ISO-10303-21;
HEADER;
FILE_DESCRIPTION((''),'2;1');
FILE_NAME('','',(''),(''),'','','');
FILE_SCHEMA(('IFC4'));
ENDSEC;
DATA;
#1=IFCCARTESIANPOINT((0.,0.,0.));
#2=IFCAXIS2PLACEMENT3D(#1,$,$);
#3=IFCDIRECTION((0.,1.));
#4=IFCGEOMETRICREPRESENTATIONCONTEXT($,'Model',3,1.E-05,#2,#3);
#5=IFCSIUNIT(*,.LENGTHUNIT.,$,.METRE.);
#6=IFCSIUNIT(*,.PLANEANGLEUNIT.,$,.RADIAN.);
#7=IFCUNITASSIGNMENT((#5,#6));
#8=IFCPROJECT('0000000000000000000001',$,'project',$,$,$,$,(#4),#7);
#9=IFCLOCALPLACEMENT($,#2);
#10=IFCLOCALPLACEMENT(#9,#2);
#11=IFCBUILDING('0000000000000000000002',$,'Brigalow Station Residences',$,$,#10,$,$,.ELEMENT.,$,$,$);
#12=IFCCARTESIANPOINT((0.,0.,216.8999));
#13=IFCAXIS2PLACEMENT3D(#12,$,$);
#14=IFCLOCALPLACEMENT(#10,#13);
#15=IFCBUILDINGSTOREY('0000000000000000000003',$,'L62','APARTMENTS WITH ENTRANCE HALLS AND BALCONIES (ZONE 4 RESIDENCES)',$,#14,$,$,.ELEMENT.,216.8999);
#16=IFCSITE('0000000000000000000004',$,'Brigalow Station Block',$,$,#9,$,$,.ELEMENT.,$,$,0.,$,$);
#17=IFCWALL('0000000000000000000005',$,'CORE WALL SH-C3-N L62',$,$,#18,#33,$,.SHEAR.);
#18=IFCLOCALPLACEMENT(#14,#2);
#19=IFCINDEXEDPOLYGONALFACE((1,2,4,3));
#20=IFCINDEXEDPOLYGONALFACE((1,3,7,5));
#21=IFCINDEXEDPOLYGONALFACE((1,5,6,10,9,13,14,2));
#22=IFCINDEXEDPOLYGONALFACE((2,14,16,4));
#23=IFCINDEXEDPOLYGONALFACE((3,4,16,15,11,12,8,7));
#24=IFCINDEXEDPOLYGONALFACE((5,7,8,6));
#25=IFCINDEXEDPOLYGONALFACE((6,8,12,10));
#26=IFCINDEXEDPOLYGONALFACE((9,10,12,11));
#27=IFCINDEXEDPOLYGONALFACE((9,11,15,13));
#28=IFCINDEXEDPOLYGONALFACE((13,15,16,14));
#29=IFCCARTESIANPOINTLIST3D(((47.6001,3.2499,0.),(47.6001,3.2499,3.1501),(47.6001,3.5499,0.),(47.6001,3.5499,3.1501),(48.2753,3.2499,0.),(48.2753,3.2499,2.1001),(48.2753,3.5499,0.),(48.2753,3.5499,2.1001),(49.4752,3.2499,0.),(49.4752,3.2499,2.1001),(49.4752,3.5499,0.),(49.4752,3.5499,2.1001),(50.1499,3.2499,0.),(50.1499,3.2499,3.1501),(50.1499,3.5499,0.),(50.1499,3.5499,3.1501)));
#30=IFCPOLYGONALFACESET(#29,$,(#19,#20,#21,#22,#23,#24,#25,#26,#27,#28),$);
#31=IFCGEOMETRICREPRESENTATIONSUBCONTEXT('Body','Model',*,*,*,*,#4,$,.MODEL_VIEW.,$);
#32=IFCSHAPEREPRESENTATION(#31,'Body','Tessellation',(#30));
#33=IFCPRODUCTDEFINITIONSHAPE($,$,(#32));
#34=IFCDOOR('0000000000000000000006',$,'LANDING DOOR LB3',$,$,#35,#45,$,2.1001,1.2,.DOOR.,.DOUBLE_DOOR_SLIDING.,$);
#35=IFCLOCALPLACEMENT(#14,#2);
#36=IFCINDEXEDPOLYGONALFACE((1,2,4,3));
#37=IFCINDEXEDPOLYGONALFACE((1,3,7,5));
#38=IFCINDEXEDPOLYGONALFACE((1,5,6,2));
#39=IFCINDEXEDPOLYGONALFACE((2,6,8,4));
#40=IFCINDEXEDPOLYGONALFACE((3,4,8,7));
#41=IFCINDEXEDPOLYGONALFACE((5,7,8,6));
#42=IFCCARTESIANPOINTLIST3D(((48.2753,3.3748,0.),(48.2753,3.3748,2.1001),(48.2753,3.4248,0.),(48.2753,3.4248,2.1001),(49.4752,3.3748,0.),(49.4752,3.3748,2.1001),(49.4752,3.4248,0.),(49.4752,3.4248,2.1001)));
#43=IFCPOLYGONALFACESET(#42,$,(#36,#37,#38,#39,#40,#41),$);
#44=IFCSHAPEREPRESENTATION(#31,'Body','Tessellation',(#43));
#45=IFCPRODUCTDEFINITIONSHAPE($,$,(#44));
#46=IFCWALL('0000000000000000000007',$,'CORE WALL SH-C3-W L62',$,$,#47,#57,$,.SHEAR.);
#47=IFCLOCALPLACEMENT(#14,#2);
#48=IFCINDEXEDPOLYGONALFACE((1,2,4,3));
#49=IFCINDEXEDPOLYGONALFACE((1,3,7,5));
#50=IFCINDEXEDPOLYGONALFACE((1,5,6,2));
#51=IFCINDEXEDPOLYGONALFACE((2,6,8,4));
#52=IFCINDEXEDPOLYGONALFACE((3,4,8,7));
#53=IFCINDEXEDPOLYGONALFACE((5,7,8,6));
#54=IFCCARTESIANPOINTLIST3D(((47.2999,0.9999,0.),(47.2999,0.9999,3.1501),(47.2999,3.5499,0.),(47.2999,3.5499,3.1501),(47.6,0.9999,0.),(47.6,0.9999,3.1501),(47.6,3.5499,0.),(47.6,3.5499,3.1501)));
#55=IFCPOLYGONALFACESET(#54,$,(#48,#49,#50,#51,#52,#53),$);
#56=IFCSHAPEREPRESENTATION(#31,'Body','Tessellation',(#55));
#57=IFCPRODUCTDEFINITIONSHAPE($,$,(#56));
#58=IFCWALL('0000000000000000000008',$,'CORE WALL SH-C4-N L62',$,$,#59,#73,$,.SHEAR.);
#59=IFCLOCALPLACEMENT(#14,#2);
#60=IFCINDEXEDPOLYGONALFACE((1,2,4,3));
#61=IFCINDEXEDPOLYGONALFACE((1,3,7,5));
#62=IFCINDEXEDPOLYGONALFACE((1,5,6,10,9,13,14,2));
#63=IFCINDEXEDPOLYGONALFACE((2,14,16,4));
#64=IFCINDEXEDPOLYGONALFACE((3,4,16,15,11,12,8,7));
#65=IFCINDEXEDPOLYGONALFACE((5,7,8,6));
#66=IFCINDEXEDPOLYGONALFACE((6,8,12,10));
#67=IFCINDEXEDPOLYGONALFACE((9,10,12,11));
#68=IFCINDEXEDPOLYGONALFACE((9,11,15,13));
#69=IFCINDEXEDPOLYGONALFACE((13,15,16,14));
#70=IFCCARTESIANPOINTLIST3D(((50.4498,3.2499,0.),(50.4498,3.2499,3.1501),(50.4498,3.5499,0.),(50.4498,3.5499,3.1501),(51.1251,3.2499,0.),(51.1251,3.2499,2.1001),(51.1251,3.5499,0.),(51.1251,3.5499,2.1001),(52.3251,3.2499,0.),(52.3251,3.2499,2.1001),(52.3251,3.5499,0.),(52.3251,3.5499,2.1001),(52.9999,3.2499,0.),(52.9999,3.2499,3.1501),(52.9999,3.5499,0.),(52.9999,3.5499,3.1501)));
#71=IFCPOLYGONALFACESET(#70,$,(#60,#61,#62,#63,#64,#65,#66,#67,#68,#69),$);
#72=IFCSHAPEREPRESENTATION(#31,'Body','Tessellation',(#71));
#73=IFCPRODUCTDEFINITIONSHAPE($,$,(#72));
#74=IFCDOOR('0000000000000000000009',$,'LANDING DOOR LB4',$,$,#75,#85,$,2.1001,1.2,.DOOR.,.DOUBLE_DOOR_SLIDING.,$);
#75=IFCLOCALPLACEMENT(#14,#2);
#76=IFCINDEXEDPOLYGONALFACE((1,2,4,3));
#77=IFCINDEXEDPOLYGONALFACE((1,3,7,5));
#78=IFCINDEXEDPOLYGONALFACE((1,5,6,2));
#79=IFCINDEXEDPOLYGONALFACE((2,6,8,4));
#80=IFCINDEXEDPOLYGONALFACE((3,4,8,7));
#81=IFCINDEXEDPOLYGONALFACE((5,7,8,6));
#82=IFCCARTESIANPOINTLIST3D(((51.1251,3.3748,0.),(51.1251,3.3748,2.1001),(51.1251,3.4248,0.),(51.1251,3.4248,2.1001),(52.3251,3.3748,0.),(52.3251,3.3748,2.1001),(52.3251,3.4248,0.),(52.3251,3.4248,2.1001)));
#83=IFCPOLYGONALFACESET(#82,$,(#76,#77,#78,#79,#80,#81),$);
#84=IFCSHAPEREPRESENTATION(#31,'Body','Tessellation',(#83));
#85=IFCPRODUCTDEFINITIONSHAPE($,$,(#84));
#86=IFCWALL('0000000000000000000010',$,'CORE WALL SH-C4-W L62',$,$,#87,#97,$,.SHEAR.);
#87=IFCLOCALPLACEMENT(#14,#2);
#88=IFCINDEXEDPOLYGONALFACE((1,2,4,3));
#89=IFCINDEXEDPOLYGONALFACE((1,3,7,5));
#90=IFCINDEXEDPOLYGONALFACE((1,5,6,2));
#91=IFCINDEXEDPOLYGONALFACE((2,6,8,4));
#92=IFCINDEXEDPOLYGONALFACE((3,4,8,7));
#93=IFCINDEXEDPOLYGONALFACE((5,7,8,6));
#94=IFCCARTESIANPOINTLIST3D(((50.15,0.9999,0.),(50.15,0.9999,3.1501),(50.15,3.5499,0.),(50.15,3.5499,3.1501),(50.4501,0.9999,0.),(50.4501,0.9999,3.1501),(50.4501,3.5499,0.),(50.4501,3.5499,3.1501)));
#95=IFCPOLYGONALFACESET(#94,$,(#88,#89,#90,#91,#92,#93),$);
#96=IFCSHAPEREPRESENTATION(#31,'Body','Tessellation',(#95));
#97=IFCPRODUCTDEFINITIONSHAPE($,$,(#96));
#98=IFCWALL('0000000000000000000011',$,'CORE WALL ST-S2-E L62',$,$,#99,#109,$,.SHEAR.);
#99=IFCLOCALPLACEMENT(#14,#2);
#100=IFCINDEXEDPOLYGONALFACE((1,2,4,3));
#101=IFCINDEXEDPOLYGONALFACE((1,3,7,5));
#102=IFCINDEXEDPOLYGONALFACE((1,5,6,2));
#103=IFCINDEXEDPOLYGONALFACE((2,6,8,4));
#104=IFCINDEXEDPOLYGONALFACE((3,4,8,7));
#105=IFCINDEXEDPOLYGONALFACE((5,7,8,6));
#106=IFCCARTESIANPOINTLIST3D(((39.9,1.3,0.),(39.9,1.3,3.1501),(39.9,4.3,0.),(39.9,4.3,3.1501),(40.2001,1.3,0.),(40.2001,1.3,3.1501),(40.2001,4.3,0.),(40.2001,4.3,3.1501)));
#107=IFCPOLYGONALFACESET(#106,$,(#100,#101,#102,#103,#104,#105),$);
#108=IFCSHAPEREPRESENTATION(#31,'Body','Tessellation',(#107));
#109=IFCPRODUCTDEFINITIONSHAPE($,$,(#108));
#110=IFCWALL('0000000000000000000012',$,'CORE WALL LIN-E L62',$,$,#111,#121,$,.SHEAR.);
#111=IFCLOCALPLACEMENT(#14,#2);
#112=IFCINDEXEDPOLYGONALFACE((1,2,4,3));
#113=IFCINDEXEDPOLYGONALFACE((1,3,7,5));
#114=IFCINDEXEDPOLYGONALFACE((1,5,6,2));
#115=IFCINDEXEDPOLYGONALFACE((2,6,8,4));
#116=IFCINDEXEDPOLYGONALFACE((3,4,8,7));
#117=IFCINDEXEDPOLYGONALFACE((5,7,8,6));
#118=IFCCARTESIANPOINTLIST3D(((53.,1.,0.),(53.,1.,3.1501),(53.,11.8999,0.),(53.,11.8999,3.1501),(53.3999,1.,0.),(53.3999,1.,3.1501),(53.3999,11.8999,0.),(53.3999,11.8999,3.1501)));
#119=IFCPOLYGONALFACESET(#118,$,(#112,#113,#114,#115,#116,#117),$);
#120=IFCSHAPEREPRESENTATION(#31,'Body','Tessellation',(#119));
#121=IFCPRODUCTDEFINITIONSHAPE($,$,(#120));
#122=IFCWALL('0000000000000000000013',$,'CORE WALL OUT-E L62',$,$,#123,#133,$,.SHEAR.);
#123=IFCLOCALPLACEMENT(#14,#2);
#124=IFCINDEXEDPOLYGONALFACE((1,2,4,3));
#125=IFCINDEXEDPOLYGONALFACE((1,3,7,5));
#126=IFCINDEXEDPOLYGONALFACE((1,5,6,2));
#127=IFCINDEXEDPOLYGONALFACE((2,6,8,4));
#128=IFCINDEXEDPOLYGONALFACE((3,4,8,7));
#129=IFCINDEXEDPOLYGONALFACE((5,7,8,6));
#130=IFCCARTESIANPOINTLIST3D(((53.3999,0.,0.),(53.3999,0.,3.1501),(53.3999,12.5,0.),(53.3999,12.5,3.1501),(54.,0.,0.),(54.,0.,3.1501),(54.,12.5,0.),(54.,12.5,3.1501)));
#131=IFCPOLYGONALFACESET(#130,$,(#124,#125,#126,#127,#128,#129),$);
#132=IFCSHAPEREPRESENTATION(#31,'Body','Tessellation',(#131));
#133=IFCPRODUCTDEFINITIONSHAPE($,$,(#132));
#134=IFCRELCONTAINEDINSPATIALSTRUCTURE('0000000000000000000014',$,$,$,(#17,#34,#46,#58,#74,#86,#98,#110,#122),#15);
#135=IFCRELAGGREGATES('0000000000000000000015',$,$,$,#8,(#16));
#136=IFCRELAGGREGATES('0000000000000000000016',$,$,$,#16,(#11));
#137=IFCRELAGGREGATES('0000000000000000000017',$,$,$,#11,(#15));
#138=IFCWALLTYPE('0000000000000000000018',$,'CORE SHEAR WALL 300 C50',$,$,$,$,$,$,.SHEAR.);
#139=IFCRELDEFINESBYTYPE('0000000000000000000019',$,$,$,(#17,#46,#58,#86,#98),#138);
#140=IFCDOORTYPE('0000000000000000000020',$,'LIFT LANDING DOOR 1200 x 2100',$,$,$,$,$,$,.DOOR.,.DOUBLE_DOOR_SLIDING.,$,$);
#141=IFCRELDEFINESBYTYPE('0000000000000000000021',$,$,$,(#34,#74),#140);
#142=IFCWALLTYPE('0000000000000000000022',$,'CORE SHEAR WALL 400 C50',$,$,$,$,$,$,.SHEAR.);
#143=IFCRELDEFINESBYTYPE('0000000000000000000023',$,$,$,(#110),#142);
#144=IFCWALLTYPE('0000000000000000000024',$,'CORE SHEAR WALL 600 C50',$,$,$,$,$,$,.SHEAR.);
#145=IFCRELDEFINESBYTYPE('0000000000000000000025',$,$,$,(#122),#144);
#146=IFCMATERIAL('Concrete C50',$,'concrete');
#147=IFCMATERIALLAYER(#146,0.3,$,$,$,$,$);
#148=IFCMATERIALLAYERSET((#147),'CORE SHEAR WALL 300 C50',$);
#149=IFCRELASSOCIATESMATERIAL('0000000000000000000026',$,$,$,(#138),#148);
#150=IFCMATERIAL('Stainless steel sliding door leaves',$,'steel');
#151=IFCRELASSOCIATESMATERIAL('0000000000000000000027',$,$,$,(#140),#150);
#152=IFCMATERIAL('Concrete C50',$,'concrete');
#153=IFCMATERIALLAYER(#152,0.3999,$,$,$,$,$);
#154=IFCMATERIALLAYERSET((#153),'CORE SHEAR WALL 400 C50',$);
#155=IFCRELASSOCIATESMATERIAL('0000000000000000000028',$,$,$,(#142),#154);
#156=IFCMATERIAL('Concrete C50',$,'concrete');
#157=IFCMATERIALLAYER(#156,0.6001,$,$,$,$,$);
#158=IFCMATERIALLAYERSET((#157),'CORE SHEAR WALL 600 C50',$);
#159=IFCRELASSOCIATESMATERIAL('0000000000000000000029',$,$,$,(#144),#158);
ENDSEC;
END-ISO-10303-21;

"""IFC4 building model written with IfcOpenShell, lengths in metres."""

from ifc_helpers import new_model, si_unit, direction, frame, frame_2d, origin, place, context, subcontext, project, spatial, rectangle, extrude, material, layer, layer_set, type_object, element, fill, save


model = new_model("IFC4")

# Units and contexts
model_context = context("Model", 3, precision=1e-05, world=origin(), true_north=direction((0.0, 1.0)))
body_context = subcontext(model_context, "Body", "Model", "MODEL_VIEW")
ifc_project = project(units=[si_unit("LENGTHUNIT", "METRE"), si_unit("PLANEANGLEUNIT", "RADIAN")], contexts=[model_context])

# Site, building, storey
site_placement = place(None, origin())
site = spatial("IfcSite", under=ifc_project, at=site_placement, Name="Brigalow Station Block", CompositionType="ELEMENT", RefElevation=0.0)
building_placement = place(site_placement, origin())
building = spatial("IfcBuilding", under=site, at=building_placement, Name="Brigalow Station Residences", CompositionType="ELEMENT")
storey_placement = place(building_placement, frame((0.0, 0.0, 216.8999)))
storey = spatial("IfcBuildingStorey", under=building, at=storey_placement, Name="L62", Description="APARTMENTS WITH ENTRANCE HALLS AND BALCONIES (ZONE 4 RESIDENCES)", CompositionType="ELEMENT", Elevation=216.8999)

# Wall, opening, door
ifc_material_1 = material(Name="Concrete C50", Category="concrete")
ifc_layer_1 = layer(ifc_material_1, 0.3)
ifc_layer_set_1 = layer_set([ifc_layer_1], Name="CORE SHEAR WALL 300 C50")
wall_type_1 = type_object("IfcWallType", Name="CORE SHEAR WALL 300 C50", PredefinedType="SHEAR", material=ifc_layer_set_1)
wall_1_placement = place(storey_placement, frame((47.6001, 3.3999, 0.0), z_axis=(0.0, 0.0, 1.0), x_axis=(1.0, 0.0, 0.0)))
wall_1 = element("IfcWall", 1, at=wall_1_placement, inside=storey, type_object=wall_type_1, Name="CORE WALL SH-C3-N L62", PredefinedType="SHEAR", context=body_context, shape_type="SweptSolid", body=[
    extrude(rectangle(XDim=2.5498, YDim=0.3, at=frame_2d((1.2749, 0.0))), origin(), (0.0, 0.0, 1.0), 3.1501),
])
opening_1_placement = place(wall_1_placement, frame((0.675, 0.0, 0.0)))
opening_1 = element("IfcOpeningElement", 2, at=opening_1_placement, cuts=wall_1, PredefinedType="OPENING", context=body_context, shape_type="SweptSolid", body=[
    extrude(rectangle(XDim=1.2, YDim=2.1001, at=frame_2d((0.6001, 1.05))), frame((0.0, 0.1602, 0.0), z_axis=(0.0, -1.0, 0.0), x_axis=(1.0, 0.0, 0.0)), (0.0, 0.0, 1.0), 0.3201),
])
ifc_material_2 = material(Name="Stainless steel sliding door leaves", Category="steel")
door_type_1 = type_object("IfcDoorType", Name="LIFT LANDING DOOR 1200 x 2100", OperationType="DOUBLE_DOOR_SLIDING", PredefinedType="DOOR", material=ifc_material_2)
door_1_placement = place(opening_1_placement, origin())
door_1 = element("IfcDoor", 3, at=door_1_placement, inside=storey, type_object=door_type_1, Name="LANDING DOOR LB3", OperationType="DOUBLE_DOOR_SLIDING", OverallHeight=2.1001, OverallWidth=1.2, PredefinedType="DOOR", context=body_context, shape_type="SweptSolid", body=[
    extrude(rectangle(XDim=1.2, YDim=2.1001, at=frame_2d((0.6001, 1.05))), frame((0.0, 0.0249, 0.0), z_axis=(0.0, -1.0, 0.0), x_axis=(1.0, 0.0, 0.0)), (0.0, 0.0, 1.0), 0.05),
])
fill(opening_1, door_1)

# Wall
wall_2_placement = place(storey_placement, frame((47.45, 1.0, 0.0), z_axis=(0.0, 0.0, 1.0), x_axis=(0.0, 1.0, 0.0)))
element("IfcWall", 4, at=wall_2_placement, inside=storey, type_object=wall_type_1, Name="CORE WALL SH-C3-W L62", PredefinedType="SHEAR", context=body_context, shape_type="SweptSolid", body=[
    extrude(rectangle(XDim=2.55, YDim=0.3, at=frame_2d((1.2749, 0.0))), origin(), (0.0, 0.0, 1.0), 3.1501),
])

# Wall, opening, door
wall_3_placement = place(storey_placement, frame((50.45, 3.3999, 0.0), z_axis=(0.0, 0.0, 1.0), x_axis=(1.0, 0.0, 0.0)))
wall_3 = element("IfcWall", 5, at=wall_3_placement, inside=storey, type_object=wall_type_1, Name="CORE WALL SH-C4-N L62", PredefinedType="SHEAR", context=body_context, shape_type="SweptSolid", body=[
    extrude(rectangle(XDim=2.55, YDim=0.3, at=frame_2d((1.2749, 0.0))), origin(), (0.0, 0.0, 1.0), 3.1501),
])
opening_2_placement = place(wall_3_placement, frame((0.675, 0.0, 0.0)))
opening_2 = element("IfcOpeningElement", 6, at=opening_2_placement, cuts=wall_3, PredefinedType="OPENING", context=body_context, shape_type="SweptSolid", body=[
    extrude(rectangle(XDim=1.2, YDim=2.1001, at=frame_2d((0.6001, 1.05))), frame((0.0, 0.1602, 0.0), z_axis=(0.0, -1.0, 0.0), x_axis=(1.0, 0.0, 0.0)), (0.0, 0.0, 1.0), 0.3201),
])
door_2_placement = place(opening_2_placement, origin())
door_2 = element("IfcDoor", 7, at=door_2_placement, inside=storey, type_object=door_type_1, Name="LANDING DOOR LB4", OperationType="DOUBLE_DOOR_SLIDING", OverallHeight=2.1001, OverallWidth=1.2, PredefinedType="DOOR", context=body_context, shape_type="SweptSolid", body=[
    extrude(rectangle(XDim=1.2, YDim=2.1001, at=frame_2d((0.6001, 1.05))), frame((0.0, 0.0249, 0.0), z_axis=(0.0, -1.0, 0.0), x_axis=(1.0, 0.0, 0.0)), (0.0, 0.0, 1.0), 0.05),
])
fill(opening_2, door_2)

# Walls
wall_4_placement = place(storey_placement, frame((50.3, 1.0, 0.0), z_axis=(0.0, 0.0, 1.0), x_axis=(0.0, 1.0, 0.0)))
element("IfcWall", 8, at=wall_4_placement, inside=storey, type_object=wall_type_1, Name="CORE WALL SH-C4-W L62", PredefinedType="SHEAR", context=body_context, shape_type="SweptSolid", body=[
    extrude(rectangle(XDim=2.55, YDim=0.3, at=frame_2d((1.2749, 0.0))), origin(), (0.0, 0.0, 1.0), 3.1501),
])
wall_5_placement = place(storey_placement, frame((40.05, 1.3, 0.0), z_axis=(0.0, 0.0, 1.0), x_axis=(0.0, 1.0, 0.0)))
element("IfcWall", 9, at=wall_5_placement, inside=storey, type_object=wall_type_1, Name="CORE WALL ST-S2-E L62", PredefinedType="SHEAR", context=body_context, shape_type="SweptSolid", body=[
    extrude(rectangle(XDim=3.0, YDim=0.3, at=frame_2d((1.5, 0.0))), origin(), (0.0, 0.0, 1.0), 3.1501),
])
ifc_material_3 = material(Name="Concrete C50", Category="concrete")
ifc_layer_2 = layer(ifc_material_3, 0.3999)
ifc_layer_set_2 = layer_set([ifc_layer_2], Name="CORE SHEAR WALL 400 C50")
wall_type_2 = type_object("IfcWallType", Name="CORE SHEAR WALL 400 C50", PredefinedType="SHEAR", material=ifc_layer_set_2)
wall_6_placement = place(storey_placement, frame((53.2, 1.0, 0.0), z_axis=(0.0, 0.0, 1.0), x_axis=(0.0, 1.0, 0.0)))
element("IfcWall", 10, at=wall_6_placement, inside=storey, type_object=wall_type_2, Name="CORE WALL LIN-E L62", PredefinedType="SHEAR", context=body_context, shape_type="SweptSolid", body=[
    extrude(rectangle(XDim=10.8999, YDim=0.3999, at=frame_2d((5.45, 0.0))), origin(), (0.0, 0.0, 1.0), 3.1501),
])
ifc_material_4 = material(Name="Concrete C50", Category="concrete")
ifc_layer_3 = layer(ifc_material_4, 0.6001)
ifc_layer_set_3 = layer_set([ifc_layer_3], Name="CORE SHEAR WALL 600 C50")
wall_type_3 = type_object("IfcWallType", Name="CORE SHEAR WALL 600 C50", PredefinedType="SHEAR", material=ifc_layer_set_3)
wall_7_placement = place(storey_placement, frame((53.7, 0.0, 0.0), z_axis=(0.0, 0.0, 1.0), x_axis=(0.0, 1.0, 0.0)))
element("IfcWall", 11, at=wall_7_placement, inside=storey, type_object=wall_type_3, Name="CORE WALL OUT-E L62", PredefinedType="SHEAR", context=body_context, shape_type="SweptSolid", body=[
    extrude(rectangle(XDim=12.5, YDim=0.6001, at=frame_2d((6.25, 0.0))), origin(), (0.0, 0.0, 1.0), 3.1501),
])

save(model, "model.ifc")
